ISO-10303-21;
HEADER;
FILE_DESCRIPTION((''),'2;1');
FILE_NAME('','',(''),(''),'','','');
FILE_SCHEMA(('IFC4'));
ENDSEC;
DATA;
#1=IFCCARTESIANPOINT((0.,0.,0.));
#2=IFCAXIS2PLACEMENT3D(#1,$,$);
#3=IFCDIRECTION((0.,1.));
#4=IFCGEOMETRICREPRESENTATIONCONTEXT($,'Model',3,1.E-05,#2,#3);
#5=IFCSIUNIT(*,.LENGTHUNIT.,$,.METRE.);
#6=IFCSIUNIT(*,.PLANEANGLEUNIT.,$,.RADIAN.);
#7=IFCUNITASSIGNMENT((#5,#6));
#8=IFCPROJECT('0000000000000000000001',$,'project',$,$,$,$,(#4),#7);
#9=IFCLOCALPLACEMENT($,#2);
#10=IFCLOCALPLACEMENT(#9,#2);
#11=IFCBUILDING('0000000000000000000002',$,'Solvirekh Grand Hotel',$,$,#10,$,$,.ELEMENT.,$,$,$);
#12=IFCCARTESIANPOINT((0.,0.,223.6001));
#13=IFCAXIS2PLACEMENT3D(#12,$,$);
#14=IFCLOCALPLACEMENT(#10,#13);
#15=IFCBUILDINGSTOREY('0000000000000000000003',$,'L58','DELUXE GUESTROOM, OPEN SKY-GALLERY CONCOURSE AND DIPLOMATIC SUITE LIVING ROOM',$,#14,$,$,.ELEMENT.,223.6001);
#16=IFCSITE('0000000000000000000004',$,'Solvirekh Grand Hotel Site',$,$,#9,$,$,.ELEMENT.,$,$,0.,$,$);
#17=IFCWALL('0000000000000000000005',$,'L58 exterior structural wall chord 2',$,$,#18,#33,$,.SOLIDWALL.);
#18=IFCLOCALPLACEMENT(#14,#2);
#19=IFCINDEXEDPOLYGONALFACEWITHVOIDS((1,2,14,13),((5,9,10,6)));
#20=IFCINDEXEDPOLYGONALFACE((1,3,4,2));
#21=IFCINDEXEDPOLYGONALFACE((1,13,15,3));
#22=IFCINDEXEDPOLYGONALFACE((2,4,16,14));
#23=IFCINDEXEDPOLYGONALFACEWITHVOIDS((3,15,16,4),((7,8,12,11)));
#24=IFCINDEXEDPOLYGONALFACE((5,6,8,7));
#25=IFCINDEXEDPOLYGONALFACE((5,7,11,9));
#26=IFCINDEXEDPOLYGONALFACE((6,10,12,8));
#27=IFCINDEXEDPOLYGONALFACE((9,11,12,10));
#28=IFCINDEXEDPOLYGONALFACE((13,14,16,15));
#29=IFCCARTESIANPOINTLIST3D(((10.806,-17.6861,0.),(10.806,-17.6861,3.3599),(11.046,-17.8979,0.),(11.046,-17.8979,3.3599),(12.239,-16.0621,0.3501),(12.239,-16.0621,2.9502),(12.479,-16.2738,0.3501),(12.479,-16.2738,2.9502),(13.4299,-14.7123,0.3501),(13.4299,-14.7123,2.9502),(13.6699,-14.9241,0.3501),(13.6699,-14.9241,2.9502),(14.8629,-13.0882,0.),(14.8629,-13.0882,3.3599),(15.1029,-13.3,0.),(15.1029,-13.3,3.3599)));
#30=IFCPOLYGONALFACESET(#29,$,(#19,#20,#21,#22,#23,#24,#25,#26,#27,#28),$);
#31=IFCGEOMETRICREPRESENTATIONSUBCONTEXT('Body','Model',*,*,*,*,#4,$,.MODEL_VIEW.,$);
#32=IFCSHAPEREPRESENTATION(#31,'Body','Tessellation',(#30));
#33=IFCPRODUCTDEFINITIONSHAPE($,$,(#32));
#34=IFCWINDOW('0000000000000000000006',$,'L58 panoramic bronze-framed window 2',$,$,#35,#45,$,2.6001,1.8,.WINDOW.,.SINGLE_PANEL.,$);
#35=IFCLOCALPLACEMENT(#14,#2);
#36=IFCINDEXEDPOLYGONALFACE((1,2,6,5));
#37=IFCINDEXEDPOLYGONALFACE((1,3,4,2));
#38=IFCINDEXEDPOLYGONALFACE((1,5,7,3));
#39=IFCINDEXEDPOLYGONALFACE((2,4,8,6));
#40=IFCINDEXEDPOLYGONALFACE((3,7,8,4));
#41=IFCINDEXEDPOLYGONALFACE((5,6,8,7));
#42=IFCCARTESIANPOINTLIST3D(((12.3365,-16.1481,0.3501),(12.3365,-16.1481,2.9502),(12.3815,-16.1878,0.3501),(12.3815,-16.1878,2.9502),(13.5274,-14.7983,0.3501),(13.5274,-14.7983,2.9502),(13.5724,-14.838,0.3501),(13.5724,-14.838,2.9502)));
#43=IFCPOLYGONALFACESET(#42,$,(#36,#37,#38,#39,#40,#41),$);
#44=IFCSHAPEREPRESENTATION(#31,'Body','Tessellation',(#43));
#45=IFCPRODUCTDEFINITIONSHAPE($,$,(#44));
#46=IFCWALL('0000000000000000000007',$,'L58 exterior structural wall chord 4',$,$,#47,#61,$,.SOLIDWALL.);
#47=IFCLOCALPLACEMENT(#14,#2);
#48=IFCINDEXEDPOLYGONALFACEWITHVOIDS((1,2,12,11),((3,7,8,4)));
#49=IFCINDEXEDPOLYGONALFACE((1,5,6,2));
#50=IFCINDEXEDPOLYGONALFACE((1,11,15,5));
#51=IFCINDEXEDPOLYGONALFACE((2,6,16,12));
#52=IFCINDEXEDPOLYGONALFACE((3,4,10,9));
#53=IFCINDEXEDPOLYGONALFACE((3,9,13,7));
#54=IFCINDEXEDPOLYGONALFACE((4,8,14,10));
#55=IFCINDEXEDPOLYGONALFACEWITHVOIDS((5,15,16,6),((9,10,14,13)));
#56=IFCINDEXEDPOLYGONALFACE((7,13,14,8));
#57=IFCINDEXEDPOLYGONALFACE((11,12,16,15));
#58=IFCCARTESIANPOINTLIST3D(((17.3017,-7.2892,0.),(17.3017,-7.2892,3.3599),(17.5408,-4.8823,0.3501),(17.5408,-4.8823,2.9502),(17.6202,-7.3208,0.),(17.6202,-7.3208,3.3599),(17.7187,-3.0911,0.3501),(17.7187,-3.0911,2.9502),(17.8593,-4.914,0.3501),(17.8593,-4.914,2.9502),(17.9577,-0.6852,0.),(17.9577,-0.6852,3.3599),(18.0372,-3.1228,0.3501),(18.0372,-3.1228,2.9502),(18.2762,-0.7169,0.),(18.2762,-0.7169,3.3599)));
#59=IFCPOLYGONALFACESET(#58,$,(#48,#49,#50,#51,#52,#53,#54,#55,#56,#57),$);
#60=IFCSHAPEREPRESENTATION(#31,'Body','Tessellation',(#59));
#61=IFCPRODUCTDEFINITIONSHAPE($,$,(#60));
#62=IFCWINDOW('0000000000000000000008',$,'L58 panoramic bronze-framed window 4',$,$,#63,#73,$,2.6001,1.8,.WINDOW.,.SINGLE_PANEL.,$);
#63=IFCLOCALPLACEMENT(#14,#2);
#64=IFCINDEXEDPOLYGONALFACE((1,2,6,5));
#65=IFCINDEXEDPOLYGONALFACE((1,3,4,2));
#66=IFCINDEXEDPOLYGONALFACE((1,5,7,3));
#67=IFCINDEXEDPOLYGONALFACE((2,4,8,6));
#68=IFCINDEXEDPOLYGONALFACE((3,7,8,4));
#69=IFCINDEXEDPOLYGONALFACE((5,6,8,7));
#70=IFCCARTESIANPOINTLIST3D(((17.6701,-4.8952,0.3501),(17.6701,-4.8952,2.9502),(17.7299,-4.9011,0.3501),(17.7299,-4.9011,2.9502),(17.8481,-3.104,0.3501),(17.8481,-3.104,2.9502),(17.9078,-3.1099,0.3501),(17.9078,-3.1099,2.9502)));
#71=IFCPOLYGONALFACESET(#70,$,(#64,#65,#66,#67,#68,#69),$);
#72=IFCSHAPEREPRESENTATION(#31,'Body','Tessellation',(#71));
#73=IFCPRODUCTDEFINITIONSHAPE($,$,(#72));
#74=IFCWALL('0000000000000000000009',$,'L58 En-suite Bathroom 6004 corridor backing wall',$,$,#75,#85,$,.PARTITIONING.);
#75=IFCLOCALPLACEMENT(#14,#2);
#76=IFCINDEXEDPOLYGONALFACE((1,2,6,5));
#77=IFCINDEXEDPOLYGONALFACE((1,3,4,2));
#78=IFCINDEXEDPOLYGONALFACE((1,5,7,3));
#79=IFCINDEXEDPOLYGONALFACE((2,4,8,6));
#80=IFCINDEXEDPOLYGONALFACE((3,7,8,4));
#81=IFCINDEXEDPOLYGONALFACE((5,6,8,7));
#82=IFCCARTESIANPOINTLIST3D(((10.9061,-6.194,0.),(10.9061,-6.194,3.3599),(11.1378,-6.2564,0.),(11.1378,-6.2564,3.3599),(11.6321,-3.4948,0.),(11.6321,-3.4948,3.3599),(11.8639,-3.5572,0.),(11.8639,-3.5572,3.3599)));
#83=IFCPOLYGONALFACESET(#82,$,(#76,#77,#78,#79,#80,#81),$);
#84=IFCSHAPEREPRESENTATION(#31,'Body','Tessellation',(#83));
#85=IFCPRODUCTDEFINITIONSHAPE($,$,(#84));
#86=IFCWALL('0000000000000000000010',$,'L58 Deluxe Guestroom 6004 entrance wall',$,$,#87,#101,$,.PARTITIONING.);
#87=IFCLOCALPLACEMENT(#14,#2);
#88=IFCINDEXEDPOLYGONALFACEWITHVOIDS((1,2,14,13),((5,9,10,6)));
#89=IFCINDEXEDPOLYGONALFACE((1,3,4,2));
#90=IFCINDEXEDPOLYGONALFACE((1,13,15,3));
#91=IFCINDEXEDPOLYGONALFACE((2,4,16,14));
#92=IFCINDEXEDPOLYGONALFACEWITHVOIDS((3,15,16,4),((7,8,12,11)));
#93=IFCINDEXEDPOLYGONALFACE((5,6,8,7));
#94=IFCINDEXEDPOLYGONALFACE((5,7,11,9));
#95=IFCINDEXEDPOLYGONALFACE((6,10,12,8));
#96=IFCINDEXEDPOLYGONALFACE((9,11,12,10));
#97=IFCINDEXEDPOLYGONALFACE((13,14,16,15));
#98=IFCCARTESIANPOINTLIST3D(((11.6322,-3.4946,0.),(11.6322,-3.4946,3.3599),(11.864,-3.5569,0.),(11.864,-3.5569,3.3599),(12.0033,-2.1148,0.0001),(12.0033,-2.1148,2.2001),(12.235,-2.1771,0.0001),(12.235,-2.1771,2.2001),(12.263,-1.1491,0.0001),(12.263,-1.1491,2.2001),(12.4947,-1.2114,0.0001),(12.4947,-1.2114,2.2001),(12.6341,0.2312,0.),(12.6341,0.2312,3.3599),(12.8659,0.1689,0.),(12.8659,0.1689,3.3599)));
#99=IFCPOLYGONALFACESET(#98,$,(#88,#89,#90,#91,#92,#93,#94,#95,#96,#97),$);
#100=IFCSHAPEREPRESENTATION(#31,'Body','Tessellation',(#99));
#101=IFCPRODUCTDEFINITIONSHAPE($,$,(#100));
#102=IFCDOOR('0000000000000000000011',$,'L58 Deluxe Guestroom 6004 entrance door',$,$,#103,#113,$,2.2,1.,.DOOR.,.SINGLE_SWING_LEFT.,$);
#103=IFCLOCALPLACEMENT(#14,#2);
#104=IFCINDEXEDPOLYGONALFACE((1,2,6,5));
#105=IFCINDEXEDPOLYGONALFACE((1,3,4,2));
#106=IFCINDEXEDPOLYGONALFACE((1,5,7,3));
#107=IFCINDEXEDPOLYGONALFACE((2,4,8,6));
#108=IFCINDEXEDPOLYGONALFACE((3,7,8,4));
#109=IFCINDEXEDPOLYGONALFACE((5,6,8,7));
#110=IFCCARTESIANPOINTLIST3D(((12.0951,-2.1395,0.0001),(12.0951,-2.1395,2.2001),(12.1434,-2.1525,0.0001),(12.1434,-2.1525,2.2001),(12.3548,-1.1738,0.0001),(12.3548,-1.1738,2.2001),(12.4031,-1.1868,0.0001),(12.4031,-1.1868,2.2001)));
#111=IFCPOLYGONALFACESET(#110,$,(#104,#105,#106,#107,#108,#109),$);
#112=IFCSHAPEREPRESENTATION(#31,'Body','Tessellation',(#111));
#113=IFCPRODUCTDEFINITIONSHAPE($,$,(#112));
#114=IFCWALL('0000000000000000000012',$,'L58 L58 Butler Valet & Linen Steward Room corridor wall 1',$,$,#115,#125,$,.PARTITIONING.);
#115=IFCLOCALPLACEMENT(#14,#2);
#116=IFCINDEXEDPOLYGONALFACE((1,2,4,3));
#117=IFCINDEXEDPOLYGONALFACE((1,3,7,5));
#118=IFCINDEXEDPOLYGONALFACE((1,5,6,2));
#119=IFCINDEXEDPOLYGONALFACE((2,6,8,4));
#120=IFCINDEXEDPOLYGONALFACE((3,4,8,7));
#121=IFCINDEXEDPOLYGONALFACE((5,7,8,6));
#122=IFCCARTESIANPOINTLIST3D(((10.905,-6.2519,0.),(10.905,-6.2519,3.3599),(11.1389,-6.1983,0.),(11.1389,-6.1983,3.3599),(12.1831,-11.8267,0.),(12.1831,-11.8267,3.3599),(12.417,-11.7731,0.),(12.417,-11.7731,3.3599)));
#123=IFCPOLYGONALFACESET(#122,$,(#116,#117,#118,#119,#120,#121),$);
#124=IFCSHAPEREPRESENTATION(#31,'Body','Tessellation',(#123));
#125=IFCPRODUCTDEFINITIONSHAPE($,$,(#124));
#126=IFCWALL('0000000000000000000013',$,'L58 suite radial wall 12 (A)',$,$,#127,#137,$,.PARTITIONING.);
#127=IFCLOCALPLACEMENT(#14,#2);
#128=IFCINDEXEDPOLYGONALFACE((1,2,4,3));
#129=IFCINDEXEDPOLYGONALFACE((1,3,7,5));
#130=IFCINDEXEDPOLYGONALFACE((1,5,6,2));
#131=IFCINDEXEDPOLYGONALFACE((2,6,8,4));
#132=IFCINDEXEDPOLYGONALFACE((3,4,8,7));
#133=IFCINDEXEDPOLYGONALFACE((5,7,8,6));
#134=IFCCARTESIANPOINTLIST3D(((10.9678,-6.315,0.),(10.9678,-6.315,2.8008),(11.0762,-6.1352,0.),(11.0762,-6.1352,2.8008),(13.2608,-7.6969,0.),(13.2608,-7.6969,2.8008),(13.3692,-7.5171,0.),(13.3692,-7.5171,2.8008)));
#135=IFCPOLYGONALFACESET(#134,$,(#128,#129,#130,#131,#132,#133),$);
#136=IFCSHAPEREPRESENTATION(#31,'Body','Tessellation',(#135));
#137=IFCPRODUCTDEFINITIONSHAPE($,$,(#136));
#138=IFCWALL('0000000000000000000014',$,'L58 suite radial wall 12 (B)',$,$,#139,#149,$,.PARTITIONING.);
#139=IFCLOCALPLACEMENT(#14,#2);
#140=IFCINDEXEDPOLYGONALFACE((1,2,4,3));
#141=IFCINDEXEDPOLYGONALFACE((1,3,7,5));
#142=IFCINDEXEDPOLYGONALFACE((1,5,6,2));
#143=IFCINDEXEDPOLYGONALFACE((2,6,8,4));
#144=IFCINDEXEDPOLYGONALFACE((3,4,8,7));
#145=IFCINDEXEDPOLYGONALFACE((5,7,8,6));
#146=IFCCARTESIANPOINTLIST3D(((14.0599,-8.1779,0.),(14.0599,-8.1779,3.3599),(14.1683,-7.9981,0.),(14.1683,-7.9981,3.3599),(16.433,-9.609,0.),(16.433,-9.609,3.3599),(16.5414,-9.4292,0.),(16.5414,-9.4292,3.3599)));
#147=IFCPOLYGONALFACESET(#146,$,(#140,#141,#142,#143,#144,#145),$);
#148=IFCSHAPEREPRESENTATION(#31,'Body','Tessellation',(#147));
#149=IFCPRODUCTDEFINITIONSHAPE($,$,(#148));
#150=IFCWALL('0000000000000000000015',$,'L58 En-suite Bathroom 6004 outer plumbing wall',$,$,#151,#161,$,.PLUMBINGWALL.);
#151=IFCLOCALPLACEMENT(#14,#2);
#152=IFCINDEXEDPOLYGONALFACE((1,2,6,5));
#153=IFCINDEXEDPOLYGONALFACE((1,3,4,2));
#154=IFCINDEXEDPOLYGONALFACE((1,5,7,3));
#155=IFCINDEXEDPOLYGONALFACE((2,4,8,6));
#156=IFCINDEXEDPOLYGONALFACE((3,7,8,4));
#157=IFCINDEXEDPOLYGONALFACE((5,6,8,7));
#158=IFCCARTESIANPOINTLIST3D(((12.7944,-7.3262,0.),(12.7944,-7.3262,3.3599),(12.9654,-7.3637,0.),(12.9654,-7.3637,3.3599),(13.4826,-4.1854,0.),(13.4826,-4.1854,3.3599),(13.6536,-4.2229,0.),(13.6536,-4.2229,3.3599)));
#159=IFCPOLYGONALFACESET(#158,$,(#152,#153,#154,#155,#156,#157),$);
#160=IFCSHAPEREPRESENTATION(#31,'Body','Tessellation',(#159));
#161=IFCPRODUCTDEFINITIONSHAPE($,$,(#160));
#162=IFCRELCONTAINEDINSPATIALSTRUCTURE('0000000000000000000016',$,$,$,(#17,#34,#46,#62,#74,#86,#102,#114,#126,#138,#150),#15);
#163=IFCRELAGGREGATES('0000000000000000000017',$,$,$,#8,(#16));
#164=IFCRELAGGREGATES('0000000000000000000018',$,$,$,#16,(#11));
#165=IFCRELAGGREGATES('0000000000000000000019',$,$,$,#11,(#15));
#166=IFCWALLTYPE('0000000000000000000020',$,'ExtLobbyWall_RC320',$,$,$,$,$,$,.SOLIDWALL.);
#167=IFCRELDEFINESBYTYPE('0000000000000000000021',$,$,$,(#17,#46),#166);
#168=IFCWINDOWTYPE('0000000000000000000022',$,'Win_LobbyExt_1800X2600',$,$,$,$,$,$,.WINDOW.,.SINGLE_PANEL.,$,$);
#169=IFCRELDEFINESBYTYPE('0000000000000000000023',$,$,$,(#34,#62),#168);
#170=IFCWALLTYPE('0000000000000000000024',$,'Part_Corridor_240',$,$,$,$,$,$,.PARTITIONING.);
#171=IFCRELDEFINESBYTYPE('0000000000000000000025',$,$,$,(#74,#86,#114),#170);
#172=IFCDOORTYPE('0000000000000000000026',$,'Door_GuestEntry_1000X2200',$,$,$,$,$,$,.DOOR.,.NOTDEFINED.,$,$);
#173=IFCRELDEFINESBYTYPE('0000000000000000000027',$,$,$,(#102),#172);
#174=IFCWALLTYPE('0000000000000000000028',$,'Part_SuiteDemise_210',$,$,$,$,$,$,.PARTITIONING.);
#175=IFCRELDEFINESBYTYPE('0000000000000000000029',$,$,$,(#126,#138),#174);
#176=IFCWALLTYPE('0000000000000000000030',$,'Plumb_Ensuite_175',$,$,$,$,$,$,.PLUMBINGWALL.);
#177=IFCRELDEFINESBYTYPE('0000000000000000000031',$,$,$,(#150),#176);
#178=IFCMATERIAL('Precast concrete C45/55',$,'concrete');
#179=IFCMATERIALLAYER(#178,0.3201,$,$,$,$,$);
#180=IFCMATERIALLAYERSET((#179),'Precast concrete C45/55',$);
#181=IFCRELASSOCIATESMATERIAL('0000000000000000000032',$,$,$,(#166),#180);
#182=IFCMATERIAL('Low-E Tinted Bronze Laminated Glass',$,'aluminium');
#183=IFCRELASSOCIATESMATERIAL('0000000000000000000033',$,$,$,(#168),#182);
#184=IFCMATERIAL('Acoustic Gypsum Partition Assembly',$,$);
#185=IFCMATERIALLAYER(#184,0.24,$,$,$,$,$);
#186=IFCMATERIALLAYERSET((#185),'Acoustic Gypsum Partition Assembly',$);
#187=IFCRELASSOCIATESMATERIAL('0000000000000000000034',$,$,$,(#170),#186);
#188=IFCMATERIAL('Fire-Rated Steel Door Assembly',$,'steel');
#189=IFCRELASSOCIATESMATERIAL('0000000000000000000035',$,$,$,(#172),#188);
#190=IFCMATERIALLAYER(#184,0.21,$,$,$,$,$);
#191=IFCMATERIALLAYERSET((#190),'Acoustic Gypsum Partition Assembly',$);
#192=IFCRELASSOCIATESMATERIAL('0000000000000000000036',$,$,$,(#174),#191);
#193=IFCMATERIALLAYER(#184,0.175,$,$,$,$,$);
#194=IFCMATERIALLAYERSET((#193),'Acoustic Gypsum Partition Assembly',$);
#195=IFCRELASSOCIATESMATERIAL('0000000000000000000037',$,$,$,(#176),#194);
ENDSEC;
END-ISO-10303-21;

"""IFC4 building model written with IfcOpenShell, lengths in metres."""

from ifc_helpers import new_model, si_unit, direction, frame, frame_2d, origin, place, context, subcontext, project, spatial, rectangle, extrude, material, layer, layer_set, type_object, element, fill, save


model = new_model("IFC4")

# Units and contexts
model_context = context("Model", 3, precision=1e-05, world=origin(), true_north=direction((0.0, 1.0)))
body_context = subcontext(model_context, "Body", "Model", "MODEL_VIEW")
ifc_project = project(units=[si_unit("LENGTHUNIT", "METRE"), si_unit("PLANEANGLEUNIT", "RADIAN")], contexts=[model_context])

# Site, building, storey
site_placement = place(None, origin())
site = spatial("IfcSite", under=ifc_project, at=site_placement, Name="Solvirekh Grand Hotel Site", CompositionType="ELEMENT", RefElevation=0.0)
building_placement = place(site_placement, origin())
building = spatial("IfcBuilding", under=site, at=building_placement, Name="Solvirekh Grand Hotel", CompositionType="ELEMENT")
storey_placement = place(building_placement, frame((0.0, 0.0, 223.6001)))
storey = spatial("IfcBuildingStorey", under=building, at=storey_placement, Name="L58", Description="DELUXE GUESTROOM, OPEN SKY-GALLERY CONCOURSE AND DIPLOMATIC SUITE LIVING ROOM", CompositionType="ELEMENT", Elevation=223.6001)

# Shared definitions
ifc_material_1 = material(Name="Low-E Tinted Bronze Laminated Glass", Category="aluminium")

# Walls, openings, windows
ifc_material_2 = material(Name="Precast concrete C45/55", Category="concrete")
ifc_layer_1 = layer(ifc_material_2, 0.3201)
ifc_layer_set_1 = layer_set([ifc_layer_1], Name="Precast concrete C45/55")
wall_type_1 = type_object("IfcWallType", Name="ExtLobbyWall_RC320", PredefinedType="SOLIDWALL", material=ifc_layer_set_1)
wall_1_placement = place(storey_placement, frame((14.9829, -13.1941, 0.0), z_axis=(0.0, 0.0, 1.0), x_axis=(-0.661614, -0.749845, 0.0)))
wall_1 = element("IfcWall", 1, at=wall_1_placement, inside=storey, type_object=wall_type_1, Name="L58 exterior structural wall chord 2", PredefinedType="SOLIDWALL", context=body_context, shape_type="SweptSolid", body=[
    extrude(rectangle(XDim=6.1318, YDim=0.3201, at=frame_2d((3.0659, 0.0))), origin(), (0.0, 0.0, 1.0), 3.3599),
])
opening_1_placement = place(wall_1_placement, frame((2.166, 0.0, 0.3501)))
opening_1 = element("IfcOpeningElement", 2, at=opening_1_placement, cuts=wall_1, PredefinedType="OPENING", context=body_context, shape_type="SweptSolid", body=[
    extrude(rectangle(XDim=1.8, YDim=2.6001, at=frame_2d((0.8999, 1.3))), frame((0.0, 0.1699, 0.0), z_axis=(0.0, -1.0, 0.0), x_axis=(1.0, 0.0, 0.0)), (0.0, 0.0, 1.0), 0.3401),
])
window_type = type_object("IfcWindowType", Name="Win_LobbyExt_1800X2600", PartitioningType="SINGLE_PANEL", PredefinedType="WINDOW", material=ifc_material_1)
window_1_placement = place(opening_1_placement, origin())
window_1 = element("IfcWindow", 3, at=window_1_placement, inside=storey, type_object=window_type, Name="L58 panoramic bronze-framed window 2", OverallHeight=2.6001, OverallWidth=1.8, PartitioningType="SINGLE_PANEL", PredefinedType="WINDOW", context=body_context, shape_type="SweptSolid", body=[
    extrude(rectangle(XDim=1.8, YDim=2.6001, at=frame_2d((0.8999, 1.3))), frame((0.0, 0.03, 0.0), z_axis=(0.0, -1.0, 0.0), x_axis=(1.0, 0.0, 0.0)), (0.0, 0.0, 1.0), 0.0601),
])
fill(opening_1, window_1)
wall_2_placement = place(storey_placement, frame((18.1169, -0.7009, 0.0), z_axis=(0.0, 0.0, 1.0), x_axis=(-0.098848, -0.995103, 0.0)))
wall_2 = element("IfcWall", 4, at=wall_2_placement, inside=storey, type_object=wall_type_1, Name="L58 exterior structural wall chord 4", PredefinedType="SOLIDWALL", context=body_context, shape_type="SweptSolid", body=[
    extrude(rectangle(XDim=6.6365, YDim=0.3201, at=frame_2d((3.3184, 0.0))), origin(), (0.0, 0.0, 1.0), 3.3599),
])
opening_2_placement = place(wall_2_placement, frame((2.418, 0.0, 0.3501)))
opening_2 = element("IfcOpeningElement", 5, at=opening_2_placement, cuts=wall_2, PredefinedType="OPENING", context=body_context, shape_type="SweptSolid", body=[
    extrude(rectangle(XDim=1.8, YDim=2.6001, at=frame_2d((0.8999, 1.3))), frame((0.0, 0.1699, 0.0), z_axis=(0.0, -1.0, 0.0), x_axis=(1.0, 0.0, 0.0)), (0.0, 0.0, 1.0), 0.3401),
])
window_2_placement = place(opening_2_placement, origin())
window_2 = element("IfcWindow", 6, at=window_2_placement, inside=storey, type_object=window_type, Name="L58 panoramic bronze-framed window 4", OverallHeight=2.6001, OverallWidth=1.8, PartitioningType="SINGLE_PANEL", PredefinedType="WINDOW", context=body_context, shape_type="SweptSolid", body=[
    extrude(rectangle(XDim=1.8, YDim=2.6001, at=frame_2d((0.8999, 1.3))), frame((0.0, 0.03, 0.0), z_axis=(0.0, -1.0, 0.0), x_axis=(1.0, 0.0, 0.0)), (0.0, 0.0, 1.0), 0.0601),
])
fill(opening_2, window_2)

# Wall
ifc_material_3 = material(Name="Acoustic Gypsum Partition Assembly")
ifc_layer_2 = layer(ifc_material_3, 0.24)
ifc_layer_set_2 = layer_set([ifc_layer_2], Name="Acoustic Gypsum Partition Assembly")
wall_type_2 = type_object("IfcWallType", Name="Part_Corridor_240", PredefinedType="PARTITIONING", material=ifc_layer_set_2)
wall_3_placement = place(storey_placement, frame((11.022, -6.2251, 0.0), z_axis=(0.0, 0.0, 1.0), x_axis=(0.25976, 0.965673, 0.0)))
element("IfcWall", 7, at=wall_3_placement, inside=storey, type_object=wall_type_2, Name="L58 En-suite Bathroom 6004 corridor backing wall", PredefinedType="PARTITIONING", context=body_context, shape_type="SweptSolid", body=[
    extrude(rectangle(XDim=2.7952, YDim=0.24, at=frame_2d((1.3975, 0.0))), origin(), (0.0, 0.0, 1.0), 3.3599),
])

# Wall, opening, door
wall_4_placement = place(storey_placement, frame((11.748, -3.5259, 0.0), z_axis=(0.0, 0.0, 1.0), x_axis=(0.259694, 0.965691, 0.0)))
wall_4 = element("IfcWall", 8, at=wall_4_placement, inside=storey, type_object=wall_type_2, Name="L58 Deluxe Guestroom 6004 entrance wall", PredefinedType="PARTITIONING", context=body_context, shape_type="SweptSolid", body=[
    extrude(rectangle(XDim=3.8582, YDim=0.24, at=frame_2d((1.9292, 0.0))), origin(), (0.0, 0.0, 1.0), 3.3599),
])
opening_3_placement = place(wall_4_placement, frame((1.429, 0.0, 0.0)))
opening_3 = element("IfcOpeningElement", 9, at=opening_3_placement, cuts=wall_4, PredefinedType="OPENING", context=body_context, shape_type="SweptSolid", body=[
    extrude(rectangle(XDim=1.0, YDim=2.2, at=frame_2d((0.5, 1.1001))), frame((0.0, 0.1299, 0.0), z_axis=(0.0, -1.0, 0.0), x_axis=(1.0, 0.0, 0.0)), (0.0, 0.0, 1.0), 0.26),
])
ifc_material_4 = material(Name="Fire-Rated Steel Door Assembly", Category="steel")
door_type_1 = type_object("IfcDoorType", Name="Door_GuestEntry_1000X2200", OperationType="NOTDEFINED", PredefinedType="DOOR", material=ifc_material_4)
door_1_placement = place(opening_3_placement, origin())
door_1 = element("IfcDoor", 10, at=door_1_placement, inside=storey, type_object=door_type_1, Name="L58 Deluxe Guestroom 6004 entrance door", OperationType="SINGLE_SWING_LEFT", OverallHeight=2.2, OverallWidth=1.0, PredefinedType="DOOR", context=body_context, shape_type="SweptSolid", body=[
    extrude(rectangle(XDim=1.0, YDim=2.2, at=frame_2d((0.5, 1.1001))), frame((0.0, 0.0249, 0.0), z_axis=(0.0, -1.0, 0.0), x_axis=(1.0, 0.0, 0.0)), (0.0, 0.0, 1.0), 0.05),
])
fill(opening_3, door_1)

# Walls
wall_5_placement = place(storey_placement, frame((12.3, -11.8, 0.0), z_axis=(0.0, 0.0, 1.0), x_axis=(-0.223456, 0.974714, 0.0)))
element("IfcWall", 11, at=wall_5_placement, inside=storey, type_object=wall_type_2, Name="L58 L58 Butler Valet & Linen Steward Room corridor wall 1", PredefinedType="PARTITIONING", context=body_context, shape_type="SweptSolid", body=[
    extrude(rectangle(XDim=5.7195, YDim=0.24, at=frame_2d((2.8599, 0.0))), origin(), (0.0, 0.0, 1.0), 3.3599),
])
ifc_layer_3 = layer(ifc_material_3, 0.21)
ifc_layer_set_3 = layer_set([ifc_layer_3], Name="Acoustic Gypsum Partition Assembly")
wall_type_3 = type_object("IfcWallType", Name="Part_SuiteDemise_210", PredefinedType="PARTITIONING", material=ifc_layer_set_3)
wall_6_placement = place(storey_placement, frame((11.022, -6.2251, 0.0), z_axis=(0.0, 0.0, 1.0), x_axis=(0.856494, -0.516158, 0.0)))
element("IfcWall", 12, at=wall_6_placement, inside=storey, type_object=wall_type_3, Name="L58 suite radial wall 12 (A)", PredefinedType="PARTITIONING", context=body_context, shape_type="SweptSolid", body=[
    extrude(rectangle(XDim=2.6772, YDim=0.21, at=frame_2d((1.3386, 0.0))), origin(), (0.0, 0.0, 1.0), 2.8008),
])
wall_7_placement = place(storey_placement, frame((14.114, -8.0879, 0.0), z_axis=(0.0, 0.0, 1.0), x_axis=(0.856325, -0.516438, 0.0)))
element("IfcWall", 13, at=wall_7_placement, inside=storey, type_object=wall_type_3, Name="L58 suite radial wall 12 (B)", PredefinedType="PARTITIONING", context=body_context, shape_type="SweptSolid", body=[
    extrude(rectangle(XDim=2.7712, YDim=0.21, at=frame_2d((1.3857, 0.0))), origin(), (0.0, 0.0, 1.0), 3.3599),
])
ifc_layer_4 = layer(ifc_material_3, 0.175)
ifc_layer_set_4 = layer_set([ifc_layer_4], Name="Acoustic Gypsum Partition Assembly")
wall_type_4 = type_object("IfcWallType", Name="Plumb_Ensuite_175", PredefinedType="PLUMBINGWALL", material=ifc_layer_set_4)
wall_8_placement = place(storey_placement, frame((12.8799, -7.345, 0.0), z_axis=(0.0, 0.0, 1.0), x_axis=(0.214043, 0.976824, 0.0)))
element("IfcWall", 14, at=wall_8_placement, inside=storey, type_object=wall_type_4, Name="L58 En-suite Bathroom 6004 outer plumbing wall", PredefinedType="PLUMBINGWALL", context=body_context, shape_type="SweptSolid", body=[
    extrude(rectangle(XDim=3.2153, YDim=0.175, at=frame_2d((1.6077, 0.0))), origin(), (0.0, 0.0, 1.0), 3.3599),
])

save(model, "model.ifc")
